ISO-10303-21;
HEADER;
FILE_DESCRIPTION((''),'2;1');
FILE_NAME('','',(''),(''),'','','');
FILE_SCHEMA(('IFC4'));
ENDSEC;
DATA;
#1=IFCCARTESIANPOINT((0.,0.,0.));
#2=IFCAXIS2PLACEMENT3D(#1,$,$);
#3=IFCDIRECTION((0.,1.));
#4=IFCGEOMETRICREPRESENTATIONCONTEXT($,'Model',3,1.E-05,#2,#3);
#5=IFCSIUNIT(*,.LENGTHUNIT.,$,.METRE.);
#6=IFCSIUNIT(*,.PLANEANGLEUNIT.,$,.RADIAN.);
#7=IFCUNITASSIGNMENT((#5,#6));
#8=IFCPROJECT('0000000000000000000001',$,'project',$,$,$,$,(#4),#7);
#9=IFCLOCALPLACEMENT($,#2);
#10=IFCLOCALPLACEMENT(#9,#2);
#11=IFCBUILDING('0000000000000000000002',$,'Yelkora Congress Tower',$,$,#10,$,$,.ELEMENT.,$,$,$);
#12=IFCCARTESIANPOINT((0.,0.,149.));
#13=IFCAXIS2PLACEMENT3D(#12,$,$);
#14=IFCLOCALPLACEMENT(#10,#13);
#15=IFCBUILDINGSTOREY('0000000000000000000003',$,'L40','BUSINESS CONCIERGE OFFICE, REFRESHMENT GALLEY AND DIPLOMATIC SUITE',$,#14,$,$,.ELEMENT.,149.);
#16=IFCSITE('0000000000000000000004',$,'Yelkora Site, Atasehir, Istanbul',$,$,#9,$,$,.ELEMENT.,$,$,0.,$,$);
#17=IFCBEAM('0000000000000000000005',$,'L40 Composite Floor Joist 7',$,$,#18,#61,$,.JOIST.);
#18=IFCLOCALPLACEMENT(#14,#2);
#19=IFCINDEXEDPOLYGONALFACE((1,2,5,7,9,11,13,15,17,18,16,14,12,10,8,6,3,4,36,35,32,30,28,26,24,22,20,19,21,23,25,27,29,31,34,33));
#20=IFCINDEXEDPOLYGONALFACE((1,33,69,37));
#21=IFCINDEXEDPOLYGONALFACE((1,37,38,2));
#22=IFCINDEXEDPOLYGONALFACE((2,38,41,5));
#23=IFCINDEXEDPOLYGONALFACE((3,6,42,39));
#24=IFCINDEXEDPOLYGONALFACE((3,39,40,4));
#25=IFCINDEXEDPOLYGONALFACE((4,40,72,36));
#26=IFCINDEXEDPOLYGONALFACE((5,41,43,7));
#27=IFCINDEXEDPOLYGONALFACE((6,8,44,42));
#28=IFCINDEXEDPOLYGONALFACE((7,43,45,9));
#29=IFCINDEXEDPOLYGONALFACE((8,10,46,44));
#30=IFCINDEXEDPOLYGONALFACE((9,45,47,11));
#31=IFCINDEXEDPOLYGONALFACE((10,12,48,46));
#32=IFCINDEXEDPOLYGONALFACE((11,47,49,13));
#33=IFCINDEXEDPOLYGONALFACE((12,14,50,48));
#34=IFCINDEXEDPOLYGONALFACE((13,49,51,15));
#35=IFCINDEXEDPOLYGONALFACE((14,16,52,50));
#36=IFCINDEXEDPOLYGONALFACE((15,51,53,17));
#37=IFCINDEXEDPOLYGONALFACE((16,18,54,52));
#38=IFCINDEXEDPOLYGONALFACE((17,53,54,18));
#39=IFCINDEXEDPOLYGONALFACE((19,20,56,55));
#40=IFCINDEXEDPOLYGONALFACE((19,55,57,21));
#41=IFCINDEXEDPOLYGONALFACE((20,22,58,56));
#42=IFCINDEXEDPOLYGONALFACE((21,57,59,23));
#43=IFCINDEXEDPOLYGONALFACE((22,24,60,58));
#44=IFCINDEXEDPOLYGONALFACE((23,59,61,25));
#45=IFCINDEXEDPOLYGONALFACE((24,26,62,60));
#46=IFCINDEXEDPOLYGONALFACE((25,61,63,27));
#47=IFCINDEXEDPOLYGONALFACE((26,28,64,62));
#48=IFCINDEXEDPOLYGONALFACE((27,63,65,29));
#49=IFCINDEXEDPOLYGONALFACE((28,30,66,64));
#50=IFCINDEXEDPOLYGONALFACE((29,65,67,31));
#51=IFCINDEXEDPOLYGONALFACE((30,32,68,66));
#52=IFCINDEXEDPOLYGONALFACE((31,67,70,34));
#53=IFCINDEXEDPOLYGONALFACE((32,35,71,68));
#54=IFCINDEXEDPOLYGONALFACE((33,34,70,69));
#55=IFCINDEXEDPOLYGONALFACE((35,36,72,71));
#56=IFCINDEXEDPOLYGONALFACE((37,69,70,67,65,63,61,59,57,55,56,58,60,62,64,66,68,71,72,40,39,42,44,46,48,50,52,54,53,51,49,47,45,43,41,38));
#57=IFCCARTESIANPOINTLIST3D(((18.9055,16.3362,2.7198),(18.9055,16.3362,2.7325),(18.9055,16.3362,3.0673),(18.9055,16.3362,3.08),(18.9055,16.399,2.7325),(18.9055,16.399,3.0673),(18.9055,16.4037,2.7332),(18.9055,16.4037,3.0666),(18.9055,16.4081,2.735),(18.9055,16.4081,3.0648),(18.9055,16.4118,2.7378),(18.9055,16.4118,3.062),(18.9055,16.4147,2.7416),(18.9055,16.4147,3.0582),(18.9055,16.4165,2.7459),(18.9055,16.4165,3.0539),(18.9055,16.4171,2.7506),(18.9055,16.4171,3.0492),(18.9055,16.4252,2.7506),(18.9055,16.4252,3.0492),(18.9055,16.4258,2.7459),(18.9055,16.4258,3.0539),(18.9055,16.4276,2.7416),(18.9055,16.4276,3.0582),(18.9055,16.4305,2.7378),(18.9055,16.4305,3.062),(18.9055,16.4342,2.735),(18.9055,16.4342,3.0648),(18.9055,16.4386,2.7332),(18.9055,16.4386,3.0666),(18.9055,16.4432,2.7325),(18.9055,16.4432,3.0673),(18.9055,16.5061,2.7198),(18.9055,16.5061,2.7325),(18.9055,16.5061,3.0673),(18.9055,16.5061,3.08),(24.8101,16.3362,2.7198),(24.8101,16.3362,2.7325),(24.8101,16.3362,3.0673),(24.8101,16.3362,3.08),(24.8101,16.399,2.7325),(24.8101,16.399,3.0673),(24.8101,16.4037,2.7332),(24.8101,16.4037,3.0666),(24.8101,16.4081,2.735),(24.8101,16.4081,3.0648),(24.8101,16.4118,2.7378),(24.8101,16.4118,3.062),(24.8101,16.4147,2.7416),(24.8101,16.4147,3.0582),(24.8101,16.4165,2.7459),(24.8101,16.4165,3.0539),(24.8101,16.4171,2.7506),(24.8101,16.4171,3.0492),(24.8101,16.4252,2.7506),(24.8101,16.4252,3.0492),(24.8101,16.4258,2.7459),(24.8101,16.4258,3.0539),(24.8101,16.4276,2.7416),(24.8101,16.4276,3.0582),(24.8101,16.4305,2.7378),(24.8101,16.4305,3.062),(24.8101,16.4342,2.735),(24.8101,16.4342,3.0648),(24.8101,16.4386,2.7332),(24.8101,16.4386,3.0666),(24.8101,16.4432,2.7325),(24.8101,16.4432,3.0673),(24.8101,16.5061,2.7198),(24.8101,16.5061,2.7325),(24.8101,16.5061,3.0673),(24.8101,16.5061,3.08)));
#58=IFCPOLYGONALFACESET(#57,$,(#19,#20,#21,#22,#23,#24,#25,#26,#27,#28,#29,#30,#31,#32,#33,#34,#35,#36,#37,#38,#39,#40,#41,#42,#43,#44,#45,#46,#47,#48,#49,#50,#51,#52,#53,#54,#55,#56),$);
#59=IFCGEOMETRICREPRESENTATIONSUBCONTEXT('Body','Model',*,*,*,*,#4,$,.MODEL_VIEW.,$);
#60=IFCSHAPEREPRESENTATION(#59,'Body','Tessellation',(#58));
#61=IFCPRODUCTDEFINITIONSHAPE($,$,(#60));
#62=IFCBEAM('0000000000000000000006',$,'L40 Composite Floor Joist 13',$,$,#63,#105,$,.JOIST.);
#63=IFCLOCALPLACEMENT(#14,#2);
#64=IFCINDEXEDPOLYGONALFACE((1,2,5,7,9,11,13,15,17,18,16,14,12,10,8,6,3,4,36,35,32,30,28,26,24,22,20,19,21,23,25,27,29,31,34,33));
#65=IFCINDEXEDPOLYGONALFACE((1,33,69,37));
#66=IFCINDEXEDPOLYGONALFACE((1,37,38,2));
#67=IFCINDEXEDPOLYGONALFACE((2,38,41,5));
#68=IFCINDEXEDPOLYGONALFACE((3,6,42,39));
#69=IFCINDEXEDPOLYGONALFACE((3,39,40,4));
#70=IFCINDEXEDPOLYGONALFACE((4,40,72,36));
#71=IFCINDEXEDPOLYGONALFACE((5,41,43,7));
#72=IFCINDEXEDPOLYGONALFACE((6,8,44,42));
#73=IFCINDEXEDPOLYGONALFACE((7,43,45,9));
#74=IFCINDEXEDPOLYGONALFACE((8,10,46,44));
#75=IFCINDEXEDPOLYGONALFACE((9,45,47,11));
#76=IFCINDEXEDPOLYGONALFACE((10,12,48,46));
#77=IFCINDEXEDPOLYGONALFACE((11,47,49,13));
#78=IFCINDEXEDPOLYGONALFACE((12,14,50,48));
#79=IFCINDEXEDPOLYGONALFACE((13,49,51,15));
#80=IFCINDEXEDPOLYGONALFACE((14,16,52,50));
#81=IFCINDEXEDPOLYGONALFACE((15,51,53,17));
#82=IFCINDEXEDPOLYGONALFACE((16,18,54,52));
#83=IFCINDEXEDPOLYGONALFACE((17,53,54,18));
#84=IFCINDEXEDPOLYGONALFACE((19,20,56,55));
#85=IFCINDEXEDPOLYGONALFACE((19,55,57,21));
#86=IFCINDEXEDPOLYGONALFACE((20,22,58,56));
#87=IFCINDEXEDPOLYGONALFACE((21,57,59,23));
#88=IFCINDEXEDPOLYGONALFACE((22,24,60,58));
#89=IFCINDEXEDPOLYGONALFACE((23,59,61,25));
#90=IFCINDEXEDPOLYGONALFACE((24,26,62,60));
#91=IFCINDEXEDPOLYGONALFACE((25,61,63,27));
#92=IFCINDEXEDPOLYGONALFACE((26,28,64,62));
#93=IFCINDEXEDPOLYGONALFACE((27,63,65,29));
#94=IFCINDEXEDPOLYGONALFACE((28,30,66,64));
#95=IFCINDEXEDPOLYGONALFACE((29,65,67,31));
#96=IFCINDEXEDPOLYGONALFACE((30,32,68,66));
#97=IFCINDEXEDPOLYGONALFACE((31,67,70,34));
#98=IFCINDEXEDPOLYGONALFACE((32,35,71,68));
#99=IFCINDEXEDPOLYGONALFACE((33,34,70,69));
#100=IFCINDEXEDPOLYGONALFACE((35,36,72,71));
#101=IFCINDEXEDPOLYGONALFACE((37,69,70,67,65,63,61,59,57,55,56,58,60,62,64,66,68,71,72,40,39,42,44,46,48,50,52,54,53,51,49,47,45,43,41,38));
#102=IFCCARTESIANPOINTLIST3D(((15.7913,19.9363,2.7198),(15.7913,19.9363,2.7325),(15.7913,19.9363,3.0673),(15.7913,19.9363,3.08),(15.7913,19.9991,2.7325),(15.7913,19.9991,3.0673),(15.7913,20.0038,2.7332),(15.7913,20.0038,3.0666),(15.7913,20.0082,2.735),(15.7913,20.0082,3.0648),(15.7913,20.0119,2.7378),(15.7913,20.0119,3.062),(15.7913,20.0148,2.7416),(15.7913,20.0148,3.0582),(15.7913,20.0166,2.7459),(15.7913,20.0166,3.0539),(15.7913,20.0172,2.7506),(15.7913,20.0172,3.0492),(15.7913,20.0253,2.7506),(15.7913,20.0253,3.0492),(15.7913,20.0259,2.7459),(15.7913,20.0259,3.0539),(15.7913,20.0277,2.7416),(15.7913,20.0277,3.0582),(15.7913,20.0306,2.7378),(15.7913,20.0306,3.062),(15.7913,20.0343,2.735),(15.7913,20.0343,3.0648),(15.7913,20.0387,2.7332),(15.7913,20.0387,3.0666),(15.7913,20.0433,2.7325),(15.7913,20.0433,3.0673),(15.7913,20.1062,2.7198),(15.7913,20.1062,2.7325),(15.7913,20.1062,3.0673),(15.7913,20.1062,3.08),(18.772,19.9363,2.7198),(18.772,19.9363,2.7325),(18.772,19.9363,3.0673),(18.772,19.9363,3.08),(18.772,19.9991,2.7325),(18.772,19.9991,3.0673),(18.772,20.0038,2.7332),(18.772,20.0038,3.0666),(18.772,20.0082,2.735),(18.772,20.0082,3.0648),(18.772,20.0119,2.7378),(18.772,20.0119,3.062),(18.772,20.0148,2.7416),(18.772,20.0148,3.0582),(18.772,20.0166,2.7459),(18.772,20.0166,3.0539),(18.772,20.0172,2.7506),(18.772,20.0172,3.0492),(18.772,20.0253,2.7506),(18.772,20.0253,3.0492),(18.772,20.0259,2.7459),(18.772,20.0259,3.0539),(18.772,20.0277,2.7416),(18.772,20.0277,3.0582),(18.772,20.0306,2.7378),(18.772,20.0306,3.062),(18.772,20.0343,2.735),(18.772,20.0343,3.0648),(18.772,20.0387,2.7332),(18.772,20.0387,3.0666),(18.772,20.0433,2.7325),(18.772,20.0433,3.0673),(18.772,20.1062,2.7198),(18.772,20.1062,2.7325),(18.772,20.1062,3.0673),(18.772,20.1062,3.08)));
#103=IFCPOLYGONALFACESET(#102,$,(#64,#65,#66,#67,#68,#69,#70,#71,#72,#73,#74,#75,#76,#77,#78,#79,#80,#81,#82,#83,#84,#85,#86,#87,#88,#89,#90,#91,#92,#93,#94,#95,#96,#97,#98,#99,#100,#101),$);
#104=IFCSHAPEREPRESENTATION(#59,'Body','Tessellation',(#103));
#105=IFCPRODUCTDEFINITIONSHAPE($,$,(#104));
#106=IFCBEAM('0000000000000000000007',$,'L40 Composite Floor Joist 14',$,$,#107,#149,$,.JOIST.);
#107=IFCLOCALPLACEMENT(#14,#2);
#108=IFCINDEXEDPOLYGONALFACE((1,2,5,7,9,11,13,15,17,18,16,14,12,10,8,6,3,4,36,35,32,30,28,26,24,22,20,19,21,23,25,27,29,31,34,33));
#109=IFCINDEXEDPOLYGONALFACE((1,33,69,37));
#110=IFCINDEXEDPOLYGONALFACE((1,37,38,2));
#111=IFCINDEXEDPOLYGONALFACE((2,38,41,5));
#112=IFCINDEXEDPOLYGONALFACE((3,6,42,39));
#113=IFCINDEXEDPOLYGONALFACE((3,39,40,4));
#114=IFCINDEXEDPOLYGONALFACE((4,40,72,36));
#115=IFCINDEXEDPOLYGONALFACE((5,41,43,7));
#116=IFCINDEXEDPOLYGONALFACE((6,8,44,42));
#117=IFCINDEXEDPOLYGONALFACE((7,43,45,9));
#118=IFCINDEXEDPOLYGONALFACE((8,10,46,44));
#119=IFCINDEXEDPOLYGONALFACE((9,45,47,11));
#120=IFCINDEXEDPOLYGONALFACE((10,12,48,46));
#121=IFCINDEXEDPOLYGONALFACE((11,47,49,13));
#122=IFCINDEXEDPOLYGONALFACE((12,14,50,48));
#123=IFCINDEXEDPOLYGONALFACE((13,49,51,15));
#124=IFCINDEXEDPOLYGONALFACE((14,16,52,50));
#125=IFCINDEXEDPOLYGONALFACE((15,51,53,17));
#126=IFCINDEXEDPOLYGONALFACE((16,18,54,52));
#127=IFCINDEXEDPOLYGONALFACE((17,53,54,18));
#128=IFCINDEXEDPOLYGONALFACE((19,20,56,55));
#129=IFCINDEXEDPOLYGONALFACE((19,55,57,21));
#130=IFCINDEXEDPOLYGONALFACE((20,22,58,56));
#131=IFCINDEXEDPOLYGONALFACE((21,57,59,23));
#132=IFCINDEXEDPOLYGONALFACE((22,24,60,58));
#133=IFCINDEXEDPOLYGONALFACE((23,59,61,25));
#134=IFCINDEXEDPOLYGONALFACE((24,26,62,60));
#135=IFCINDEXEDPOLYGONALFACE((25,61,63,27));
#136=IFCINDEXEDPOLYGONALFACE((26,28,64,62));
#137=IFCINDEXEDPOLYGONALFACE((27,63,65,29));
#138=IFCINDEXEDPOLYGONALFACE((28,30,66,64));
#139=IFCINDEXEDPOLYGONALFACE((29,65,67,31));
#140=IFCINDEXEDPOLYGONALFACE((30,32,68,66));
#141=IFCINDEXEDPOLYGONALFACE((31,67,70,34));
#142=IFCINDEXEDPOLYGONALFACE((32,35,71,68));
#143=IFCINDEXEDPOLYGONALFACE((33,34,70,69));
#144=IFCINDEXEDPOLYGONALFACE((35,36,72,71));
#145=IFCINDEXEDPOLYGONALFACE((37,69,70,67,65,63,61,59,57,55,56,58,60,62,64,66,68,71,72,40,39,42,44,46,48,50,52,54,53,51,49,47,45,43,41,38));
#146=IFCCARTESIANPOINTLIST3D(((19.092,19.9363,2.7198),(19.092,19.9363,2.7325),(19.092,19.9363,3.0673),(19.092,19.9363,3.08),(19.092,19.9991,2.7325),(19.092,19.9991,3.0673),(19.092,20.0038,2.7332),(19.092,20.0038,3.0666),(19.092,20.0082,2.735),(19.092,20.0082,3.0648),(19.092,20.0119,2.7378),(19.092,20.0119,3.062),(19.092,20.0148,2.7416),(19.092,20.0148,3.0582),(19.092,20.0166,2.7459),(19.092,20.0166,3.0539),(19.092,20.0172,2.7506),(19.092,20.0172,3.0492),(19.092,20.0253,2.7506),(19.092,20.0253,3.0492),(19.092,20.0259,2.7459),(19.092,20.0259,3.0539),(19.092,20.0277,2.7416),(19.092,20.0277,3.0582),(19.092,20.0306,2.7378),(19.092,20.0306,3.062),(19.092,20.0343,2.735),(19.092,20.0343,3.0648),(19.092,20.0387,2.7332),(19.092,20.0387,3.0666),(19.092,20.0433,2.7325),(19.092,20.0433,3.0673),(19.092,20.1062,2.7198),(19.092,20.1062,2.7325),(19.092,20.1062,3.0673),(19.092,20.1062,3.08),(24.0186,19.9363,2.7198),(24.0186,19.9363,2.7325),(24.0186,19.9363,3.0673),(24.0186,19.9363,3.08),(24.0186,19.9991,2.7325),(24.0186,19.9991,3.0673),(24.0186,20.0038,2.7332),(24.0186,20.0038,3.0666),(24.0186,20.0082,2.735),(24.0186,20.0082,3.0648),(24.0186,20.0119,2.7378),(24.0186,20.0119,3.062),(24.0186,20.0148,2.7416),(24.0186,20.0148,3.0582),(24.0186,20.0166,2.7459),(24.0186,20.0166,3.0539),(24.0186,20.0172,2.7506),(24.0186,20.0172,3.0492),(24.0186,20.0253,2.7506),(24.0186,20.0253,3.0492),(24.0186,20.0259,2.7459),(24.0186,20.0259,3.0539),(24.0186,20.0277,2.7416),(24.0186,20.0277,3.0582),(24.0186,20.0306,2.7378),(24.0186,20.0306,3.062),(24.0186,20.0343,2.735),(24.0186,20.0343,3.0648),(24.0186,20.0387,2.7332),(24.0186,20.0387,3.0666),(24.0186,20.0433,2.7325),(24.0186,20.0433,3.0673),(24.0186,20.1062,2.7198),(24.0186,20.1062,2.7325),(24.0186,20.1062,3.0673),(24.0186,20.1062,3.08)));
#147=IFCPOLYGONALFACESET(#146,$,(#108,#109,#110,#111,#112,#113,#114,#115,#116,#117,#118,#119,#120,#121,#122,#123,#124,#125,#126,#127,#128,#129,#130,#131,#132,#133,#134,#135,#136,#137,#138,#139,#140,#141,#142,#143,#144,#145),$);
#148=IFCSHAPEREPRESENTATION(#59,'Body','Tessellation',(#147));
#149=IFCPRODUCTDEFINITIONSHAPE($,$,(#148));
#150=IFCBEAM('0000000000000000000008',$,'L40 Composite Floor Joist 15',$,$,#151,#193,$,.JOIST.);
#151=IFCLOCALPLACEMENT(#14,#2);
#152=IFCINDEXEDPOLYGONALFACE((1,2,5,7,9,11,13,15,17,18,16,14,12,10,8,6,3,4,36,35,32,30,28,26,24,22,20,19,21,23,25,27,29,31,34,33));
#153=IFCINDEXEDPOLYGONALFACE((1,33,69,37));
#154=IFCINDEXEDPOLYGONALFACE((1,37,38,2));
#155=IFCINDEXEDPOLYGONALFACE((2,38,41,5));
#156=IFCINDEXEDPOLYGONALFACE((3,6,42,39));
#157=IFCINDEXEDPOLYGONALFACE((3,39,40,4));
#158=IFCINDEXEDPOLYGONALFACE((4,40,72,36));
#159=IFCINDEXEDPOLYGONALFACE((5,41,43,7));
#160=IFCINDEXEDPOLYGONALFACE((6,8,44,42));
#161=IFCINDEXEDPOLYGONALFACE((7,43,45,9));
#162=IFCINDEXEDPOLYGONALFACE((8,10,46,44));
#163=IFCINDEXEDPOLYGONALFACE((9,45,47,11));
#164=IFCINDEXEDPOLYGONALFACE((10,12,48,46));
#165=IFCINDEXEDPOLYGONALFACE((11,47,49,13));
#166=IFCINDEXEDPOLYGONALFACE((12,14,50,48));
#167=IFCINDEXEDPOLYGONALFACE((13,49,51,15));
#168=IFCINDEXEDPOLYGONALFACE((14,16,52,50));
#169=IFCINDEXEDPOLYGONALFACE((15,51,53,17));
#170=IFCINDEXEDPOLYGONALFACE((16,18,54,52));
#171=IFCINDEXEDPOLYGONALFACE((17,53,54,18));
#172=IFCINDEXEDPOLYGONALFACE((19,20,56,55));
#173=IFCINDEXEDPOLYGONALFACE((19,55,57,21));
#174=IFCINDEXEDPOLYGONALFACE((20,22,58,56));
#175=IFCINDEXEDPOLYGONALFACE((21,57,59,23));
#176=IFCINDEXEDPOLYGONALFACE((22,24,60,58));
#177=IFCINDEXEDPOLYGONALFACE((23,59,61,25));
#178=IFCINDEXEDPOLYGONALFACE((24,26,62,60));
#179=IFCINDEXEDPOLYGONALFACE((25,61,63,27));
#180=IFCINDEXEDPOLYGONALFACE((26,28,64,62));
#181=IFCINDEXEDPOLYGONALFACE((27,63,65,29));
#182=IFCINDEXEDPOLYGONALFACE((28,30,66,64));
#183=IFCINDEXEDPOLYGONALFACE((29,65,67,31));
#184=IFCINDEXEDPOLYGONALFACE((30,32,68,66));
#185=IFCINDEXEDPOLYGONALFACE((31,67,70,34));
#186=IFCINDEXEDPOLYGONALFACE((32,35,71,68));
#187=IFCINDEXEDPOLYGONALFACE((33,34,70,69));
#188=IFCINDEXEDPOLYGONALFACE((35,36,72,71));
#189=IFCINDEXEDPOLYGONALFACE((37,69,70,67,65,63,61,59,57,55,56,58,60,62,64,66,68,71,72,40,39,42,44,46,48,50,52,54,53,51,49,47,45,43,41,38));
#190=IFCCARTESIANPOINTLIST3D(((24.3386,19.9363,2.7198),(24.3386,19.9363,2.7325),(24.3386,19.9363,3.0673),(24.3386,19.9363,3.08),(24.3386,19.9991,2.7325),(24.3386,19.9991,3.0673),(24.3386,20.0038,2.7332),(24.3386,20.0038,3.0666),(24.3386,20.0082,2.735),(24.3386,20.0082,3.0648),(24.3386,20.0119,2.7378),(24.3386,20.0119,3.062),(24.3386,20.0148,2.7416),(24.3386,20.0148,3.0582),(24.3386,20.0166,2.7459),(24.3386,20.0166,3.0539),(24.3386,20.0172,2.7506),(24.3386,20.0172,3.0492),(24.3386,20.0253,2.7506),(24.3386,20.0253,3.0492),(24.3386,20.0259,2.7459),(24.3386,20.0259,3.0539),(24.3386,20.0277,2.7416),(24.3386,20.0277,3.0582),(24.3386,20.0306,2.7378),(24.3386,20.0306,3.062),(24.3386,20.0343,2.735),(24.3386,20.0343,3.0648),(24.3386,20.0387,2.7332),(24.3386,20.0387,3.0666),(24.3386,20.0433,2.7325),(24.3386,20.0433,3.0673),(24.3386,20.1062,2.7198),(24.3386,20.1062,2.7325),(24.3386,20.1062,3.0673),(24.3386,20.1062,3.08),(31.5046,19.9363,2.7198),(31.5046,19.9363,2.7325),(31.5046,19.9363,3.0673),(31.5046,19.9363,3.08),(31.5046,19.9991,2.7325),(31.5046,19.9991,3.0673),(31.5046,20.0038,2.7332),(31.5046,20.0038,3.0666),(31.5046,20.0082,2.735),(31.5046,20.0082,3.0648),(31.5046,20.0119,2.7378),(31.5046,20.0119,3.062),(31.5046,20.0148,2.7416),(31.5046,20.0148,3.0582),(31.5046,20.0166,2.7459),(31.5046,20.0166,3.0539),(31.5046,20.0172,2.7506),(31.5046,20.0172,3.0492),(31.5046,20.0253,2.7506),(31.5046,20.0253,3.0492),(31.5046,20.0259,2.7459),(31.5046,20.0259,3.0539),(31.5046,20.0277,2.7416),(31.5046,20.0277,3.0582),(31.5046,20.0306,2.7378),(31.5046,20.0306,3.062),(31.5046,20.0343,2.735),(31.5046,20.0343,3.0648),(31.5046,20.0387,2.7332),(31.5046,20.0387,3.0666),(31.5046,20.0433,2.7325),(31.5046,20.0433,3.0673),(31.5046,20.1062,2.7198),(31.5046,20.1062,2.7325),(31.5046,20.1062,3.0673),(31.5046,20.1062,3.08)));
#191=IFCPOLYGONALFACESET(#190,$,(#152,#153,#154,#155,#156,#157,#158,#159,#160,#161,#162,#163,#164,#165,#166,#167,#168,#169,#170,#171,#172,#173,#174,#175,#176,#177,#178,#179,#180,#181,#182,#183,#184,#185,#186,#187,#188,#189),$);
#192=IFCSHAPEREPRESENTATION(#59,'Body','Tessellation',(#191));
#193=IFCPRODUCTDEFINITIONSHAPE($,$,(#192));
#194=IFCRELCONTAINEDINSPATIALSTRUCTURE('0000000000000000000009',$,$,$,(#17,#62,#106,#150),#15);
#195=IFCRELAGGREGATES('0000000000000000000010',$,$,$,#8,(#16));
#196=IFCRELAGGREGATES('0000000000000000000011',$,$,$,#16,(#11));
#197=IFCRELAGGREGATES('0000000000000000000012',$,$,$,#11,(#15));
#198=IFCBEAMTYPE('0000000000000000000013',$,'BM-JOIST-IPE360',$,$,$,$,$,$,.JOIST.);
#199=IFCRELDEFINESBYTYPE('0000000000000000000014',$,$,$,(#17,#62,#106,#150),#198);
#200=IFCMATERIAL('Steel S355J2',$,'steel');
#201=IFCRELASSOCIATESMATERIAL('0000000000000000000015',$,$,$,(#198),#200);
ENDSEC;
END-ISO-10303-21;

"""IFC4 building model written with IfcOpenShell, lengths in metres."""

from ifc_helpers import new_model, si_unit, direction, frame, origin, origin_2d, place, context, subcontext, project, spatial, i_section, extrude, material, material_profile, profile_set, type_object, element, save


model = new_model("IFC4")

# Units and contexts
model_context = context("Model", 3, precision=1e-05, world=origin(), true_north=direction((0.0, 1.0)))
body_context = subcontext(model_context, "Body", "Model", "MODEL_VIEW")
ifc_project = project(units=[si_unit("LENGTHUNIT", "METRE"), si_unit("PLANEANGLEUNIT", "RADIAN")], contexts=[model_context])

# Site, building, storey
site_placement = place(None, origin())
site = spatial("IfcSite", under=ifc_project, at=site_placement, Name="Yelkora Site, Atasehir, Istanbul", CompositionType="ELEMENT", RefElevation=0.0)
building_placement = place(site_placement, origin())
building = spatial("IfcBuilding", under=site, at=building_placement, Name="Yelkora Congress Tower", CompositionType="ELEMENT")
storey_placement = place(building_placement, frame((0.0, 0.0, 149.0)))
storey = spatial("IfcBuildingStorey", under=building, at=storey_placement, Name="L40", Description="BUSINESS CONCIERGE OFFICE, REFRESHMENT GALLEY AND DIPLOMATIC SUITE", CompositionType="ELEMENT", Elevation=149.0)

# Beams
ifc_material_1 = material(Name="Steel S355J2", Category="steel")
ifc_material_profile_1 = material_profile(ifc_material_1, i_section(OverallWidth=0.1699, OverallDepth=0.3601, WebThickness=0.0081, FlangeThickness=0.0127, FilletRadius=0.0181, at=origin_2d()), Name="IPE 360")
ifc_profile_set_1 = profile_set([ifc_material_profile_1], Name="Steel S355J2")
beam_type_1 = type_object("IfcBeamType", Name="BM-JOIST-IPE360", PredefinedType="JOIST", material=ifc_profile_set_1)
beam_1_placement = place(storey_placement, frame((18.9055, 16.4211, 2.8999), z_axis=(1.0, 0.0, 0.0), x_axis=(0.0, 1.0, 0.0)))
element("IfcBeam", 1, at=beam_1_placement, inside=storey, type_object=beam_type_1, Name="L40 Composite Floor Joist 7", PredefinedType="JOIST", context=body_context, shape_type="SweptSolid", body=[
    extrude(i_section(OverallWidth=0.1699, OverallDepth=0.3601, WebThickness=0.0081, FlangeThickness=0.0127, FilletRadius=0.0181, at=origin_2d()), origin(), (0.0, 0.0, 1.0), 5.9045),
])
beam_2_placement = place(storey_placement, frame((15.7913, 20.0212, 2.8999), z_axis=(1.0, 0.0, 0.0), x_axis=(0.0, 1.0, 0.0)))
element("IfcBeam", 2, at=beam_2_placement, inside=storey, type_object=beam_type_1, Name="L40 Composite Floor Joist 13", PredefinedType="JOIST", context=body_context, shape_type="SweptSolid", body=[
    extrude(i_section(OverallWidth=0.1699, OverallDepth=0.3601, WebThickness=0.0081, FlangeThickness=0.0127, FilletRadius=0.0181, at=origin_2d()), origin(), (0.0, 0.0, 1.0), 2.9807),
])
beam_3_placement = place(storey_placement, frame((19.092, 20.0212, 2.8999), z_axis=(1.0, 0.0, 0.0), x_axis=(0.0, 1.0, 0.0)))
element("IfcBeam", 3, at=beam_3_placement, inside=storey, type_object=beam_type_1, Name="L40 Composite Floor Joist 14", PredefinedType="JOIST", context=body_context, shape_type="SweptSolid", body=[
    extrude(i_section(OverallWidth=0.1699, OverallDepth=0.3601, WebThickness=0.0081, FlangeThickness=0.0127, FilletRadius=0.0181, at=origin_2d()), origin(), (0.0, 0.0, 1.0), 4.9265),
])
beam_4_placement = place(storey_placement, frame((24.3386, 20.0212, 2.8999), z_axis=(1.0, 0.0, 0.0), x_axis=(0.0, 1.0, 0.0)))
element("IfcBeam", 4, at=beam_4_placement, inside=storey, type_object=beam_type_1, Name="L40 Composite Floor Joist 15", PredefinedType="JOIST", context=body_context, shape_type="SweptSolid", body=[
    extrude(i_section(OverallWidth=0.1699, OverallDepth=0.3601, WebThickness=0.0081, FlangeThickness=0.0127, FilletRadius=0.0181, at=origin_2d()), origin(), (0.0, 0.0, 1.0), 7.166),
])

save(model, "model.ifc")
